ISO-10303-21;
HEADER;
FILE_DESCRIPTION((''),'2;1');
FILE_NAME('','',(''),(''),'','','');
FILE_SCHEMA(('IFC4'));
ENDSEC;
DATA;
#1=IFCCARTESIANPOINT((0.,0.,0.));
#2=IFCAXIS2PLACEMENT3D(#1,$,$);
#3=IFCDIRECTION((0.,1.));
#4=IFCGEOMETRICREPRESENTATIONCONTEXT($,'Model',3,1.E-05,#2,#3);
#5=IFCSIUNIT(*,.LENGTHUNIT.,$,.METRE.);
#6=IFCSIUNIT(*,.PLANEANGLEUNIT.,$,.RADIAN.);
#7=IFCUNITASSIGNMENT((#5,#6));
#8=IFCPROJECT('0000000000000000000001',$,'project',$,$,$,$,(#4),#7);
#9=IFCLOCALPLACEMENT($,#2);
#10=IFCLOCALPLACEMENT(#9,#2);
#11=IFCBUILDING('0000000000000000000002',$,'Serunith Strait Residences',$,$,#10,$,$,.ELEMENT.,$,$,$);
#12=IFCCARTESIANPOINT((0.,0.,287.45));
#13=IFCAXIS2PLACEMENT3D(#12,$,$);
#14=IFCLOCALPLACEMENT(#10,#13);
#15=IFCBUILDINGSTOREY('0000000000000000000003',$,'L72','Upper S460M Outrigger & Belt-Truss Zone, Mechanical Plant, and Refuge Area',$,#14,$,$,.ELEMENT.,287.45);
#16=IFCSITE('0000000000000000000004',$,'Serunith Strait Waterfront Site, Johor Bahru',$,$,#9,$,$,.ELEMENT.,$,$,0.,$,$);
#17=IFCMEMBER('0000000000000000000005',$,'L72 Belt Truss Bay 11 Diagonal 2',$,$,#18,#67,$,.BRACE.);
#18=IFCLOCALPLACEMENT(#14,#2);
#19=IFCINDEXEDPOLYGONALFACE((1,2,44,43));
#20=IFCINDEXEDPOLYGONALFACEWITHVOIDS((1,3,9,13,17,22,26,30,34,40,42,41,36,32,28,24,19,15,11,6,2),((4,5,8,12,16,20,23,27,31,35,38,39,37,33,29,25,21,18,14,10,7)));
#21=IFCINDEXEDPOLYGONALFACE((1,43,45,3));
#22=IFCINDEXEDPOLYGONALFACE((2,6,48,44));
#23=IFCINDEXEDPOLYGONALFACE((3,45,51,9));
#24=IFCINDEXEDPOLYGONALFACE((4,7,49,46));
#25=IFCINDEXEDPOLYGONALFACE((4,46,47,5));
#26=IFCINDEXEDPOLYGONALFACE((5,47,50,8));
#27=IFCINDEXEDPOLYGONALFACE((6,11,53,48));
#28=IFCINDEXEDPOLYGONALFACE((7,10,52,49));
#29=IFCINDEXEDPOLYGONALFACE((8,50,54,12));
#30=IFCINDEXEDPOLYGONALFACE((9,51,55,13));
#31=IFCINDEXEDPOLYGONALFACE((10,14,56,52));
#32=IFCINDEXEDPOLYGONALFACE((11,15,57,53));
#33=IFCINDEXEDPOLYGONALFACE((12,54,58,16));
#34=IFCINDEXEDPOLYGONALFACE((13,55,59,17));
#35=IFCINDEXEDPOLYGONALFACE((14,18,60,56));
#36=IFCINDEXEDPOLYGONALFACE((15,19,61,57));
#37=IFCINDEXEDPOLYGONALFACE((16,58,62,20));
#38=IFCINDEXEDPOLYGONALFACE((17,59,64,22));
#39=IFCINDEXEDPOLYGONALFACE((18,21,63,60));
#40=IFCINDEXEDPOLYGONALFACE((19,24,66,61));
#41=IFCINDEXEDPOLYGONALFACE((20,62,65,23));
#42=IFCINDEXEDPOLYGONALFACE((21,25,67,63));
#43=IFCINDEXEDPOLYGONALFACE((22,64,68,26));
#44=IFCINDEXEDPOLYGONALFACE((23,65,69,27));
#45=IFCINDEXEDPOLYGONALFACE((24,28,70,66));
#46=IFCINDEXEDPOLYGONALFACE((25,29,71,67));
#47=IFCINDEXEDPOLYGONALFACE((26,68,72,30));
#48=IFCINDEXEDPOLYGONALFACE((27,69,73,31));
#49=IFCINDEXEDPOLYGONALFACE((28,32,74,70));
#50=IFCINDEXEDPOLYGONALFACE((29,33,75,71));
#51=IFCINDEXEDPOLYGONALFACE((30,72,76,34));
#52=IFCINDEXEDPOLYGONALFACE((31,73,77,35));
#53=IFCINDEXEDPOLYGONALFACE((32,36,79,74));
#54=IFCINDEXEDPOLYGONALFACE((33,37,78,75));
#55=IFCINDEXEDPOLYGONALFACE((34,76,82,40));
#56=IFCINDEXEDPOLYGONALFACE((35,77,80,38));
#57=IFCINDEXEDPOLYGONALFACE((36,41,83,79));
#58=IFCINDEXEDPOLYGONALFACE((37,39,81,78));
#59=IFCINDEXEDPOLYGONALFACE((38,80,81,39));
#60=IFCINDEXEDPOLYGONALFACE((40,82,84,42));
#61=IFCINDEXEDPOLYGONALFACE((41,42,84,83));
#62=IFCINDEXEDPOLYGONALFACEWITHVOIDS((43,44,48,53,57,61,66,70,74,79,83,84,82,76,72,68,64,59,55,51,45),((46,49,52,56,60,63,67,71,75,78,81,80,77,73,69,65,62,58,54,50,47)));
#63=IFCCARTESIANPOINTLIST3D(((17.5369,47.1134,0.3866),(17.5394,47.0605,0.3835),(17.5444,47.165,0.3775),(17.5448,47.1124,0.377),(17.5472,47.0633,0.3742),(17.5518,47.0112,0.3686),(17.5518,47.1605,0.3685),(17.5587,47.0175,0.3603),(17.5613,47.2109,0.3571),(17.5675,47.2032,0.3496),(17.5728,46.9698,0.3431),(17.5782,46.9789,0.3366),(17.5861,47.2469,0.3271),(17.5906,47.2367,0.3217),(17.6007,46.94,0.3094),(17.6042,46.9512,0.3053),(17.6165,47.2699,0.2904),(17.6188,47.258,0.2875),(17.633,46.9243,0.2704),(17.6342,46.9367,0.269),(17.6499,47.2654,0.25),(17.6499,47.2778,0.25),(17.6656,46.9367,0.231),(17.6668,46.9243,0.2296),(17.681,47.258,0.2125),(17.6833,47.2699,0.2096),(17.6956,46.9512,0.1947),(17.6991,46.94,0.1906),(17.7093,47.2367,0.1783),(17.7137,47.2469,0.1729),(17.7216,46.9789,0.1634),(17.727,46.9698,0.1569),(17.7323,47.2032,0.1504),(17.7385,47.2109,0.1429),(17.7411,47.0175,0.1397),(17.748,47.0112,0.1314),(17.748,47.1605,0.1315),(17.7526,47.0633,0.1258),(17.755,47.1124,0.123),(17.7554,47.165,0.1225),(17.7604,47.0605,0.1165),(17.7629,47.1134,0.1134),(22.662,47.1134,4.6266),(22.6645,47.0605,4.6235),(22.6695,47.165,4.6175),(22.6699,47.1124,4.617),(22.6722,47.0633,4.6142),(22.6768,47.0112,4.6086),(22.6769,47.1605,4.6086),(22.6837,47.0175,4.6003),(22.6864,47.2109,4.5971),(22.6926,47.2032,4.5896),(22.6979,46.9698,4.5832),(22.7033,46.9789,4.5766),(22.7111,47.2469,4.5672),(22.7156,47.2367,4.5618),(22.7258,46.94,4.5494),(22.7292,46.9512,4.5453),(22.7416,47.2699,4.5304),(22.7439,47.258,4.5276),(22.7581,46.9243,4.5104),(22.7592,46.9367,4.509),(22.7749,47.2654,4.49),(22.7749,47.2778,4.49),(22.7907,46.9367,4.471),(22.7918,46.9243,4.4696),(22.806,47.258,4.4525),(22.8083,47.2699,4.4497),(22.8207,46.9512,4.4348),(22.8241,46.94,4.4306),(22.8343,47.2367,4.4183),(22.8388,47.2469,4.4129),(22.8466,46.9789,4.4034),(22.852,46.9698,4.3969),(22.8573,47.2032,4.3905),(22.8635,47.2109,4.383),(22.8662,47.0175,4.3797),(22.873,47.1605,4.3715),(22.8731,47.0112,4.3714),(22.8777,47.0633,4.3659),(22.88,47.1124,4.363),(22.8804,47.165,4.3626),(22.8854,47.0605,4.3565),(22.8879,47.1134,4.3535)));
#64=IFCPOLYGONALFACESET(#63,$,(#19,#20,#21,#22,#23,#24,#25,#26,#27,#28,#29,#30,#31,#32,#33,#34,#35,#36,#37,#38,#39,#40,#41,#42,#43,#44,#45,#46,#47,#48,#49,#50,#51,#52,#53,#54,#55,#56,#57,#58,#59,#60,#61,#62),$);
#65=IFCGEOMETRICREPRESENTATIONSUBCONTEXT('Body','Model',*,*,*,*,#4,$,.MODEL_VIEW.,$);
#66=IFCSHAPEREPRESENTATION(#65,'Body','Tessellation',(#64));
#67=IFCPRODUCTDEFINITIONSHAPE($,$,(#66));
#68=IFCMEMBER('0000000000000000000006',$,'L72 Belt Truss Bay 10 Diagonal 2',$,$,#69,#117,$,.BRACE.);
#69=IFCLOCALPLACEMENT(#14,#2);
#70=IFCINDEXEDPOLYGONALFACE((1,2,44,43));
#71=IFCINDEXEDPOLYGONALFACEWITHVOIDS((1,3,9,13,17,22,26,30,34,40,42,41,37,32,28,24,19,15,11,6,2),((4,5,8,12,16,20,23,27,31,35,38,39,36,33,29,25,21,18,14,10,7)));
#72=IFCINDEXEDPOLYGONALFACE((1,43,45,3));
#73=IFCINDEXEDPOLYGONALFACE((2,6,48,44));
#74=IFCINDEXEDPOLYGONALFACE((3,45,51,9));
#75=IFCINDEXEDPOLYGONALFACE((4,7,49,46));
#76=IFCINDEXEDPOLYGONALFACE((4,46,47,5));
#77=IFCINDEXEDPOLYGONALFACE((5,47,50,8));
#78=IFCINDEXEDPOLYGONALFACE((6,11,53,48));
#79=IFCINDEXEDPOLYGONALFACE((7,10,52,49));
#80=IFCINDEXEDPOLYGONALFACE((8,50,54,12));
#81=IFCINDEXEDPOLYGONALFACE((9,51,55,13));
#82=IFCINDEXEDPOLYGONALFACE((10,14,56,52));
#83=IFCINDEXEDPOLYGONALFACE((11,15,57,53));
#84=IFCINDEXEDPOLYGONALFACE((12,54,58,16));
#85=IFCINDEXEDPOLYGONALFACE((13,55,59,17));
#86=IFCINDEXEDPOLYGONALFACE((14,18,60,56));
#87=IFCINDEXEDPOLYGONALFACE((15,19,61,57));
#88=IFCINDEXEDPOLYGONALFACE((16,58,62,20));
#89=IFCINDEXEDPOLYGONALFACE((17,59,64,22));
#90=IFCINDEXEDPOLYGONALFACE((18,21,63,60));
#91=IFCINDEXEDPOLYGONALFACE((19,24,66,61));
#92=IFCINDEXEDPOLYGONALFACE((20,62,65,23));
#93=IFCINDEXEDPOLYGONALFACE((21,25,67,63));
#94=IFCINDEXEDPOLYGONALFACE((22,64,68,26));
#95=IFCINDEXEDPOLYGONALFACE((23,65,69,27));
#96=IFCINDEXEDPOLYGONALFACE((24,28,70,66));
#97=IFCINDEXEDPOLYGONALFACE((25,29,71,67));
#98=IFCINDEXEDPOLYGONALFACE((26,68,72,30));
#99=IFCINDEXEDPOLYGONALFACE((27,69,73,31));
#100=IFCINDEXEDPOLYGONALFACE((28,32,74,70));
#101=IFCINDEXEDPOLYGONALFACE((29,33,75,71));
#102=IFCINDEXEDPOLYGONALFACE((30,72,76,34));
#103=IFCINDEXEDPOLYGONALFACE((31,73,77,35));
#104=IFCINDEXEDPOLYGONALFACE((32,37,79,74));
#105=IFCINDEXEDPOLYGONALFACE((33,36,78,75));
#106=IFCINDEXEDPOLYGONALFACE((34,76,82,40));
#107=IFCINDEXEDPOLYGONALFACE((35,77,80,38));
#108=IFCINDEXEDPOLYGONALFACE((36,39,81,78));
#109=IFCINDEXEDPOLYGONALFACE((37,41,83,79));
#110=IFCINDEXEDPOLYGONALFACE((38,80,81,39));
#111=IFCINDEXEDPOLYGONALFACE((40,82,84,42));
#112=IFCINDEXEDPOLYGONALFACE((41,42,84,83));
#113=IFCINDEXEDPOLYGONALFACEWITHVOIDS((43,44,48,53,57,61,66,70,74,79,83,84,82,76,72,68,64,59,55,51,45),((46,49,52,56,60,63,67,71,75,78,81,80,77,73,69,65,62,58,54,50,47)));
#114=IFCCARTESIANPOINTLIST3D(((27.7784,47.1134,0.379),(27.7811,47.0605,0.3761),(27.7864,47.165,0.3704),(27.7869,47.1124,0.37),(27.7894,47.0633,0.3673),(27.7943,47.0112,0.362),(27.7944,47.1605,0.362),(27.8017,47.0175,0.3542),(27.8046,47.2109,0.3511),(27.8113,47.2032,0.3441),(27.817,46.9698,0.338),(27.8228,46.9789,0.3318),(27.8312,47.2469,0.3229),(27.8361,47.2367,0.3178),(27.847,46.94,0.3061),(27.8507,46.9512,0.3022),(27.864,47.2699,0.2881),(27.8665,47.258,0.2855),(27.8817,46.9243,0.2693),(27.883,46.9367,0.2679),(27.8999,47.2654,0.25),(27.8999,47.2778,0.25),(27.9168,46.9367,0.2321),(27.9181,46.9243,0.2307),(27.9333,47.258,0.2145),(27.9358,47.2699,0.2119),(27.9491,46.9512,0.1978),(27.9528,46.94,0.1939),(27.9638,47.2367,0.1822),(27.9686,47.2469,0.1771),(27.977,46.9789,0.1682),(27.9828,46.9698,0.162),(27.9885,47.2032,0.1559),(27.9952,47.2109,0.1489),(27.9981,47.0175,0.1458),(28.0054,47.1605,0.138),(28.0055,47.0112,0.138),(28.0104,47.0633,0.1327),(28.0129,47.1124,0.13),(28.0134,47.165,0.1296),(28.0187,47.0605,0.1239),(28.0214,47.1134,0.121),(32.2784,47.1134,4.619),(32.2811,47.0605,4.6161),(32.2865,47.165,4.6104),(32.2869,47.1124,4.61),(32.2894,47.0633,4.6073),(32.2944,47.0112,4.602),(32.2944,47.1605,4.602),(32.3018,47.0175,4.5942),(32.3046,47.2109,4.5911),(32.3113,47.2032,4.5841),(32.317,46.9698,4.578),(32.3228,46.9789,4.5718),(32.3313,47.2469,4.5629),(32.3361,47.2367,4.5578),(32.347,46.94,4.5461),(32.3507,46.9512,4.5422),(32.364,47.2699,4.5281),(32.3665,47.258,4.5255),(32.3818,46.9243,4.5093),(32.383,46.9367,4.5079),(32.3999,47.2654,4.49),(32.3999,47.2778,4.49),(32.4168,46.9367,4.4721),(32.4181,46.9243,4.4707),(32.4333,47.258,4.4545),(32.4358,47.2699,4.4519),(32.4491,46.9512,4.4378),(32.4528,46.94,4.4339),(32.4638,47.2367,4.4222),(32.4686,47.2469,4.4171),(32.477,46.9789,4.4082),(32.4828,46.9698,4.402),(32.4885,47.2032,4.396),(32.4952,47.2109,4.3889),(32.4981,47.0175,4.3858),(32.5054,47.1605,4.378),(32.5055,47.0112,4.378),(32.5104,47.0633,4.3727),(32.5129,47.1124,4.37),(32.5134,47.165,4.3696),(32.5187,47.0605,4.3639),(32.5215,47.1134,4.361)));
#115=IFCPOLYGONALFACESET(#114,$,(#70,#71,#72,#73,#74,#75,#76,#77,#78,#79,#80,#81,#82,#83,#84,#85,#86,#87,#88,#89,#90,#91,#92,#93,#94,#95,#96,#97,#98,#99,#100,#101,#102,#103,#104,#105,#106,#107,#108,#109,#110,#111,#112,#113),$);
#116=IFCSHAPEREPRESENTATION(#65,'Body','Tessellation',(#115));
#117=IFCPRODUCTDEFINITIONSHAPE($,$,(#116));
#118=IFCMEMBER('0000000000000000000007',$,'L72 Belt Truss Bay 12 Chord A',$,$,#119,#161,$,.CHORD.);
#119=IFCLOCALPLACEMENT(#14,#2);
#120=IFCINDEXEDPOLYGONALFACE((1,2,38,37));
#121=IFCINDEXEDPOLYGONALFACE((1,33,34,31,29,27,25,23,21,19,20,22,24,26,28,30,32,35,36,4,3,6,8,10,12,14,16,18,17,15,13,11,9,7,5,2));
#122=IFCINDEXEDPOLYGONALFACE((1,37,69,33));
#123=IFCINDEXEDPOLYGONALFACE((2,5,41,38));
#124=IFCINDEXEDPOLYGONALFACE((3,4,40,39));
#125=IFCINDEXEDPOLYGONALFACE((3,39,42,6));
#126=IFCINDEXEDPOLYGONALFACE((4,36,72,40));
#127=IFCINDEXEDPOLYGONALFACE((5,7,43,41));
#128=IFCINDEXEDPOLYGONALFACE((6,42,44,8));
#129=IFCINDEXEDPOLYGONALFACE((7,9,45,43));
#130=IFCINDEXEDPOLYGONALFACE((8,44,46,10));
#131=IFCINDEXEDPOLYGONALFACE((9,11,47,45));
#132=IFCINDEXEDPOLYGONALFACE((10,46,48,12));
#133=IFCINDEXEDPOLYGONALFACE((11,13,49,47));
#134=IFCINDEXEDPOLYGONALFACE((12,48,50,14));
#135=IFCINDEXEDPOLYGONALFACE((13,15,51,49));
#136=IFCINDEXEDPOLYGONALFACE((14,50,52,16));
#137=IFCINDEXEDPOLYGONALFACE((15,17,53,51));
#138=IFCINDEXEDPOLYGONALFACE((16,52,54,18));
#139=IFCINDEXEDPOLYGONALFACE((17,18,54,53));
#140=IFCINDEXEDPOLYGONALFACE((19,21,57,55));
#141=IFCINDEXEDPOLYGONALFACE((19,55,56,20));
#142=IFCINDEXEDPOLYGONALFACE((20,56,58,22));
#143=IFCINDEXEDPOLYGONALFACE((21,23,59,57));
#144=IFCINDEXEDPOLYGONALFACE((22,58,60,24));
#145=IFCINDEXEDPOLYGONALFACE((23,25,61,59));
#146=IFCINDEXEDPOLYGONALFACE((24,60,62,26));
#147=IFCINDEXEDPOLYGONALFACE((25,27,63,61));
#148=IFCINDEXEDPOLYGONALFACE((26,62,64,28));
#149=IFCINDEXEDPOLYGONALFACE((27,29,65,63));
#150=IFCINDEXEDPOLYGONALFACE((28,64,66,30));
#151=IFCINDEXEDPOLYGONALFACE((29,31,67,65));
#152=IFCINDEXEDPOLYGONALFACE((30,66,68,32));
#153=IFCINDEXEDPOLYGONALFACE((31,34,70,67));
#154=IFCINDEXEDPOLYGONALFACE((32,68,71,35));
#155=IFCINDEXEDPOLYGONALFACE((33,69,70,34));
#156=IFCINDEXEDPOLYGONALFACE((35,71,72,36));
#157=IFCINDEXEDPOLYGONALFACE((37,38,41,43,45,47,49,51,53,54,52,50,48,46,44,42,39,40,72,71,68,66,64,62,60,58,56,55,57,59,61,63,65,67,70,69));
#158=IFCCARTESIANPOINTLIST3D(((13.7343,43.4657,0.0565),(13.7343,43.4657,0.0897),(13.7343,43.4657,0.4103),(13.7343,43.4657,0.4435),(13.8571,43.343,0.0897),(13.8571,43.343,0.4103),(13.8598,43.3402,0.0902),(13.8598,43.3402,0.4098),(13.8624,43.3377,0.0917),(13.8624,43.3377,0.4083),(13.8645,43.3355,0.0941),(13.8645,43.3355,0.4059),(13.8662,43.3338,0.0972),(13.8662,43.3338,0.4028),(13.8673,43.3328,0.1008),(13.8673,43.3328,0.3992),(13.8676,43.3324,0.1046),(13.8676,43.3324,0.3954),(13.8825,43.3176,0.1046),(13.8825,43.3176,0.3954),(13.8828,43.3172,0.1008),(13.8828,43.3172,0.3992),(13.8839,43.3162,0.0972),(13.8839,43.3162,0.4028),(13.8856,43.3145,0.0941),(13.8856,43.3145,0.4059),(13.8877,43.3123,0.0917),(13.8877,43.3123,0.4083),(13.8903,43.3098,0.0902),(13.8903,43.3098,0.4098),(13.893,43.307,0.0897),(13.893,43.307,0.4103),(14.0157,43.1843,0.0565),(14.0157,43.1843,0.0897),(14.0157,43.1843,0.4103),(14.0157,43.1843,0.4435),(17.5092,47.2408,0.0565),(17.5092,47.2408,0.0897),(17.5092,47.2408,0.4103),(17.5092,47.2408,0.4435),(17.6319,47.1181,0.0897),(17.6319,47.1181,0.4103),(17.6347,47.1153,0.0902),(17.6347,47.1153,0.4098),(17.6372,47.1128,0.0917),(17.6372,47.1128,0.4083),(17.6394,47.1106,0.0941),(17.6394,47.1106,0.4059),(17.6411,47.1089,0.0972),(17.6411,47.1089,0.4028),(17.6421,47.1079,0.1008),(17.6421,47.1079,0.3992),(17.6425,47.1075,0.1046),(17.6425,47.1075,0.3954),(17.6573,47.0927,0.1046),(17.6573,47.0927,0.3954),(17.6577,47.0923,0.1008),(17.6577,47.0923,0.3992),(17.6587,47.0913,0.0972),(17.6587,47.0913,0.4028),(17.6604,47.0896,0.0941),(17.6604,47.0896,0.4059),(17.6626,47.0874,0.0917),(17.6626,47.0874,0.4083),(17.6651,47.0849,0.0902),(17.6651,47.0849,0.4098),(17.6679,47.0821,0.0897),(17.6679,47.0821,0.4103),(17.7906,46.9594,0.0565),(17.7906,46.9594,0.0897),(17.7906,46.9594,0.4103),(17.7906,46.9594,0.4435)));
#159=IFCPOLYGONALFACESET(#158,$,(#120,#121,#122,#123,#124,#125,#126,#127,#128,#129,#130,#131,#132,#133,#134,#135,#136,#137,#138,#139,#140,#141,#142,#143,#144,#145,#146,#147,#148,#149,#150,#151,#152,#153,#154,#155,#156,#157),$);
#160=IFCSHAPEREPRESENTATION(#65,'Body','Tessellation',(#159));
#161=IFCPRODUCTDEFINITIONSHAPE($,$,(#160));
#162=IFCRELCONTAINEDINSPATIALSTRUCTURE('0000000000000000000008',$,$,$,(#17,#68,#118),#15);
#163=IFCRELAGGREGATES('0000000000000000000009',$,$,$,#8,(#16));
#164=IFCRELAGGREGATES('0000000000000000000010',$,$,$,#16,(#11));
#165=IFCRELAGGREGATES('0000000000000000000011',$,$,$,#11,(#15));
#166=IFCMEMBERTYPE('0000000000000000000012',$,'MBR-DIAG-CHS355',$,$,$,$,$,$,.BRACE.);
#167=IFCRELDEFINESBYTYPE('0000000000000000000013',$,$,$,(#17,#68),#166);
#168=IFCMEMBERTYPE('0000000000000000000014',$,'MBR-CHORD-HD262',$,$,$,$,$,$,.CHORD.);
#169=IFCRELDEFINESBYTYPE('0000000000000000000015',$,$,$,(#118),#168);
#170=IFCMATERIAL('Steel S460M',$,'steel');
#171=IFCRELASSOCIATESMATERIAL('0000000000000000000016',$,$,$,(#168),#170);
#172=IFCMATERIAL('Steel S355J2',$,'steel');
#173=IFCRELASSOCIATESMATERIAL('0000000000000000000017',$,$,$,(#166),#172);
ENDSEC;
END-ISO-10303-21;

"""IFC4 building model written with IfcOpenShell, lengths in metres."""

from ifc_helpers import new_model, si_unit, direction, frame, origin, origin_2d, place, context, subcontext, project, spatial, hollow_circle, i_section, extrude, source, transform, mapped, material, material_profile, profile_set, type_object, element, save


model = new_model("IFC4")

# Units and contexts
model_context = context("Model", 3, precision=1e-05, world=origin(), true_north=direction((0.0, 1.0)))
body_context = subcontext(model_context, "Body", "Model", "MODEL_VIEW")
ifc_project = project(units=[si_unit("LENGTHUNIT", "METRE"), si_unit("PLANEANGLEUNIT", "RADIAN")], contexts=[model_context])

# Site, building, storey
site_placement = place(None, origin())
site = spatial("IfcSite", under=ifc_project, at=site_placement, Name="Serunith Strait Waterfront Site, Johor Bahru", CompositionType="ELEMENT", RefElevation=0.0)
building_placement = place(site_placement, origin())
building = spatial("IfcBuilding", under=site, at=building_placement, Name="Serunith Strait Residences", CompositionType="ELEMENT")
storey_placement = place(building_placement, frame((0.0, 0.0, 287.45)))
storey = spatial("IfcBuildingStorey", under=building, at=storey_placement, Name="L72", Description="Upper S460M Outrigger & Belt-Truss Zone, Mechanical Plant, and Refuge Area", CompositionType="ELEMENT", Elevation=287.45)

# Shared definitions
ifc_material_1 = material(Name="Steel S355J2", Category="steel")

# Members
ifc_material_2 = material(Name="Steel S460M", Category="steel")
ifc_material_profile_1 = material_profile(ifc_material_2, i_section(OverallWidth=0.3979, OverallDepth=0.387, WebThickness=0.021, FlangeThickness=0.0332, FilletRadius=0.0149, at=origin_2d()), Name="HD 400x262")
ifc_profile_set_1 = profile_set([ifc_material_profile_1], Name="Steel S460M")
member_type_1 = type_object("IfcMemberType", Name="MBR-CHORD-HD262", PredefinedType="CHORD", material=ifc_profile_set_1)
ifc_material_profile_2 = material_profile(ifc_material_1, hollow_circle(Radius=0.1777, WallThickness=0.0125, at=origin_2d()), Name="CHS 355.6x12.5")
ifc_profile_set_2 = profile_set([ifc_material_profile_2], Name="Steel S355J2")
member_type_2 = type_object("IfcMemberType", Name="MBR-DIAG-CHS355", PredefinedType="BRACE", material=ifc_profile_set_2)
shared_shape_1 = source(origin(), body_context, "Body", "SweptSolid", [
    extrude(hollow_circle(Radius=0.1777, WallThickness=0.0125, at=origin_2d()), origin(), (0.0, 0.0, 1.0), 6.6516),
])
for number, where, z_axis, x_axis, name in (
    (1, (17.6499, 47.1001, 0.25), (0.770497, 0.0, 0.637444), (0.0, 1.0, 0.0), "L72 Belt Truss Bay 11 Diagonal 2"),
):
    element("IfcMember", number, at=place(storey_placement, frame(where, z_axis=z_axis, x_axis=x_axis)), inside=storey, type_object=member_type_2, Name=name, PredefinedType="BRACE", context=body_context, shape_type="MappedRepresentation", body=[
        mapped(shared_shape_1, transform((0.0, 0.0, 0.0), scale=1.0)),
    ])
shared_shape_2 = source(origin(), body_context, "Body", "SweptSolid", [
    extrude(hollow_circle(Radius=0.1777, WallThickness=0.0125, at=origin_2d()), origin(), (0.0, 0.0, 1.0), 6.1829),
])
member_1_placement = place(storey_placement, frame((27.8999, 47.1001, 0.25), z_axis=(0.727821, 0.0, 0.685767), x_axis=(0.0, 1.0, 0.0)))
element("IfcMember", 2, at=member_1_placement, inside=storey, type_object=member_type_2, Name="L72 Belt Truss Bay 10 Diagonal 2", PredefinedType="BRACE", context=body_context, shape_type="MappedRepresentation", body=[
    mapped(shared_shape_2, transform((0.0, 0.0, 0.0), scale=1.0)),
])
shared_shape_3 = source(origin(), body_context, "Body", "SweptSolid", [
    extrude(i_section(OverallWidth=0.3979, OverallDepth=0.387, WebThickness=0.021, FlangeThickness=0.0332, FilletRadius=0.0149, at=origin_2d()), origin(), (0.0, 0.0, 1.0), 5.3386),
])
member_2_placement = place(storey_placement, frame((17.6499, 47.1001, 0.25), z_axis=(-0.707084, -0.70713, 0.0), x_axis=(0.70713, -0.707084, 0.0)))
element("IfcMember", 3, at=member_2_placement, inside=storey, type_object=member_type_1, Name="L72 Belt Truss Bay 12 Chord A", PredefinedType="CHORD", context=body_context, shape_type="MappedRepresentation", body=[
    mapped(shared_shape_3, transform((0.0, 0.0, 0.0), scale=1.0)),
])

save(model, "model.ifc")
